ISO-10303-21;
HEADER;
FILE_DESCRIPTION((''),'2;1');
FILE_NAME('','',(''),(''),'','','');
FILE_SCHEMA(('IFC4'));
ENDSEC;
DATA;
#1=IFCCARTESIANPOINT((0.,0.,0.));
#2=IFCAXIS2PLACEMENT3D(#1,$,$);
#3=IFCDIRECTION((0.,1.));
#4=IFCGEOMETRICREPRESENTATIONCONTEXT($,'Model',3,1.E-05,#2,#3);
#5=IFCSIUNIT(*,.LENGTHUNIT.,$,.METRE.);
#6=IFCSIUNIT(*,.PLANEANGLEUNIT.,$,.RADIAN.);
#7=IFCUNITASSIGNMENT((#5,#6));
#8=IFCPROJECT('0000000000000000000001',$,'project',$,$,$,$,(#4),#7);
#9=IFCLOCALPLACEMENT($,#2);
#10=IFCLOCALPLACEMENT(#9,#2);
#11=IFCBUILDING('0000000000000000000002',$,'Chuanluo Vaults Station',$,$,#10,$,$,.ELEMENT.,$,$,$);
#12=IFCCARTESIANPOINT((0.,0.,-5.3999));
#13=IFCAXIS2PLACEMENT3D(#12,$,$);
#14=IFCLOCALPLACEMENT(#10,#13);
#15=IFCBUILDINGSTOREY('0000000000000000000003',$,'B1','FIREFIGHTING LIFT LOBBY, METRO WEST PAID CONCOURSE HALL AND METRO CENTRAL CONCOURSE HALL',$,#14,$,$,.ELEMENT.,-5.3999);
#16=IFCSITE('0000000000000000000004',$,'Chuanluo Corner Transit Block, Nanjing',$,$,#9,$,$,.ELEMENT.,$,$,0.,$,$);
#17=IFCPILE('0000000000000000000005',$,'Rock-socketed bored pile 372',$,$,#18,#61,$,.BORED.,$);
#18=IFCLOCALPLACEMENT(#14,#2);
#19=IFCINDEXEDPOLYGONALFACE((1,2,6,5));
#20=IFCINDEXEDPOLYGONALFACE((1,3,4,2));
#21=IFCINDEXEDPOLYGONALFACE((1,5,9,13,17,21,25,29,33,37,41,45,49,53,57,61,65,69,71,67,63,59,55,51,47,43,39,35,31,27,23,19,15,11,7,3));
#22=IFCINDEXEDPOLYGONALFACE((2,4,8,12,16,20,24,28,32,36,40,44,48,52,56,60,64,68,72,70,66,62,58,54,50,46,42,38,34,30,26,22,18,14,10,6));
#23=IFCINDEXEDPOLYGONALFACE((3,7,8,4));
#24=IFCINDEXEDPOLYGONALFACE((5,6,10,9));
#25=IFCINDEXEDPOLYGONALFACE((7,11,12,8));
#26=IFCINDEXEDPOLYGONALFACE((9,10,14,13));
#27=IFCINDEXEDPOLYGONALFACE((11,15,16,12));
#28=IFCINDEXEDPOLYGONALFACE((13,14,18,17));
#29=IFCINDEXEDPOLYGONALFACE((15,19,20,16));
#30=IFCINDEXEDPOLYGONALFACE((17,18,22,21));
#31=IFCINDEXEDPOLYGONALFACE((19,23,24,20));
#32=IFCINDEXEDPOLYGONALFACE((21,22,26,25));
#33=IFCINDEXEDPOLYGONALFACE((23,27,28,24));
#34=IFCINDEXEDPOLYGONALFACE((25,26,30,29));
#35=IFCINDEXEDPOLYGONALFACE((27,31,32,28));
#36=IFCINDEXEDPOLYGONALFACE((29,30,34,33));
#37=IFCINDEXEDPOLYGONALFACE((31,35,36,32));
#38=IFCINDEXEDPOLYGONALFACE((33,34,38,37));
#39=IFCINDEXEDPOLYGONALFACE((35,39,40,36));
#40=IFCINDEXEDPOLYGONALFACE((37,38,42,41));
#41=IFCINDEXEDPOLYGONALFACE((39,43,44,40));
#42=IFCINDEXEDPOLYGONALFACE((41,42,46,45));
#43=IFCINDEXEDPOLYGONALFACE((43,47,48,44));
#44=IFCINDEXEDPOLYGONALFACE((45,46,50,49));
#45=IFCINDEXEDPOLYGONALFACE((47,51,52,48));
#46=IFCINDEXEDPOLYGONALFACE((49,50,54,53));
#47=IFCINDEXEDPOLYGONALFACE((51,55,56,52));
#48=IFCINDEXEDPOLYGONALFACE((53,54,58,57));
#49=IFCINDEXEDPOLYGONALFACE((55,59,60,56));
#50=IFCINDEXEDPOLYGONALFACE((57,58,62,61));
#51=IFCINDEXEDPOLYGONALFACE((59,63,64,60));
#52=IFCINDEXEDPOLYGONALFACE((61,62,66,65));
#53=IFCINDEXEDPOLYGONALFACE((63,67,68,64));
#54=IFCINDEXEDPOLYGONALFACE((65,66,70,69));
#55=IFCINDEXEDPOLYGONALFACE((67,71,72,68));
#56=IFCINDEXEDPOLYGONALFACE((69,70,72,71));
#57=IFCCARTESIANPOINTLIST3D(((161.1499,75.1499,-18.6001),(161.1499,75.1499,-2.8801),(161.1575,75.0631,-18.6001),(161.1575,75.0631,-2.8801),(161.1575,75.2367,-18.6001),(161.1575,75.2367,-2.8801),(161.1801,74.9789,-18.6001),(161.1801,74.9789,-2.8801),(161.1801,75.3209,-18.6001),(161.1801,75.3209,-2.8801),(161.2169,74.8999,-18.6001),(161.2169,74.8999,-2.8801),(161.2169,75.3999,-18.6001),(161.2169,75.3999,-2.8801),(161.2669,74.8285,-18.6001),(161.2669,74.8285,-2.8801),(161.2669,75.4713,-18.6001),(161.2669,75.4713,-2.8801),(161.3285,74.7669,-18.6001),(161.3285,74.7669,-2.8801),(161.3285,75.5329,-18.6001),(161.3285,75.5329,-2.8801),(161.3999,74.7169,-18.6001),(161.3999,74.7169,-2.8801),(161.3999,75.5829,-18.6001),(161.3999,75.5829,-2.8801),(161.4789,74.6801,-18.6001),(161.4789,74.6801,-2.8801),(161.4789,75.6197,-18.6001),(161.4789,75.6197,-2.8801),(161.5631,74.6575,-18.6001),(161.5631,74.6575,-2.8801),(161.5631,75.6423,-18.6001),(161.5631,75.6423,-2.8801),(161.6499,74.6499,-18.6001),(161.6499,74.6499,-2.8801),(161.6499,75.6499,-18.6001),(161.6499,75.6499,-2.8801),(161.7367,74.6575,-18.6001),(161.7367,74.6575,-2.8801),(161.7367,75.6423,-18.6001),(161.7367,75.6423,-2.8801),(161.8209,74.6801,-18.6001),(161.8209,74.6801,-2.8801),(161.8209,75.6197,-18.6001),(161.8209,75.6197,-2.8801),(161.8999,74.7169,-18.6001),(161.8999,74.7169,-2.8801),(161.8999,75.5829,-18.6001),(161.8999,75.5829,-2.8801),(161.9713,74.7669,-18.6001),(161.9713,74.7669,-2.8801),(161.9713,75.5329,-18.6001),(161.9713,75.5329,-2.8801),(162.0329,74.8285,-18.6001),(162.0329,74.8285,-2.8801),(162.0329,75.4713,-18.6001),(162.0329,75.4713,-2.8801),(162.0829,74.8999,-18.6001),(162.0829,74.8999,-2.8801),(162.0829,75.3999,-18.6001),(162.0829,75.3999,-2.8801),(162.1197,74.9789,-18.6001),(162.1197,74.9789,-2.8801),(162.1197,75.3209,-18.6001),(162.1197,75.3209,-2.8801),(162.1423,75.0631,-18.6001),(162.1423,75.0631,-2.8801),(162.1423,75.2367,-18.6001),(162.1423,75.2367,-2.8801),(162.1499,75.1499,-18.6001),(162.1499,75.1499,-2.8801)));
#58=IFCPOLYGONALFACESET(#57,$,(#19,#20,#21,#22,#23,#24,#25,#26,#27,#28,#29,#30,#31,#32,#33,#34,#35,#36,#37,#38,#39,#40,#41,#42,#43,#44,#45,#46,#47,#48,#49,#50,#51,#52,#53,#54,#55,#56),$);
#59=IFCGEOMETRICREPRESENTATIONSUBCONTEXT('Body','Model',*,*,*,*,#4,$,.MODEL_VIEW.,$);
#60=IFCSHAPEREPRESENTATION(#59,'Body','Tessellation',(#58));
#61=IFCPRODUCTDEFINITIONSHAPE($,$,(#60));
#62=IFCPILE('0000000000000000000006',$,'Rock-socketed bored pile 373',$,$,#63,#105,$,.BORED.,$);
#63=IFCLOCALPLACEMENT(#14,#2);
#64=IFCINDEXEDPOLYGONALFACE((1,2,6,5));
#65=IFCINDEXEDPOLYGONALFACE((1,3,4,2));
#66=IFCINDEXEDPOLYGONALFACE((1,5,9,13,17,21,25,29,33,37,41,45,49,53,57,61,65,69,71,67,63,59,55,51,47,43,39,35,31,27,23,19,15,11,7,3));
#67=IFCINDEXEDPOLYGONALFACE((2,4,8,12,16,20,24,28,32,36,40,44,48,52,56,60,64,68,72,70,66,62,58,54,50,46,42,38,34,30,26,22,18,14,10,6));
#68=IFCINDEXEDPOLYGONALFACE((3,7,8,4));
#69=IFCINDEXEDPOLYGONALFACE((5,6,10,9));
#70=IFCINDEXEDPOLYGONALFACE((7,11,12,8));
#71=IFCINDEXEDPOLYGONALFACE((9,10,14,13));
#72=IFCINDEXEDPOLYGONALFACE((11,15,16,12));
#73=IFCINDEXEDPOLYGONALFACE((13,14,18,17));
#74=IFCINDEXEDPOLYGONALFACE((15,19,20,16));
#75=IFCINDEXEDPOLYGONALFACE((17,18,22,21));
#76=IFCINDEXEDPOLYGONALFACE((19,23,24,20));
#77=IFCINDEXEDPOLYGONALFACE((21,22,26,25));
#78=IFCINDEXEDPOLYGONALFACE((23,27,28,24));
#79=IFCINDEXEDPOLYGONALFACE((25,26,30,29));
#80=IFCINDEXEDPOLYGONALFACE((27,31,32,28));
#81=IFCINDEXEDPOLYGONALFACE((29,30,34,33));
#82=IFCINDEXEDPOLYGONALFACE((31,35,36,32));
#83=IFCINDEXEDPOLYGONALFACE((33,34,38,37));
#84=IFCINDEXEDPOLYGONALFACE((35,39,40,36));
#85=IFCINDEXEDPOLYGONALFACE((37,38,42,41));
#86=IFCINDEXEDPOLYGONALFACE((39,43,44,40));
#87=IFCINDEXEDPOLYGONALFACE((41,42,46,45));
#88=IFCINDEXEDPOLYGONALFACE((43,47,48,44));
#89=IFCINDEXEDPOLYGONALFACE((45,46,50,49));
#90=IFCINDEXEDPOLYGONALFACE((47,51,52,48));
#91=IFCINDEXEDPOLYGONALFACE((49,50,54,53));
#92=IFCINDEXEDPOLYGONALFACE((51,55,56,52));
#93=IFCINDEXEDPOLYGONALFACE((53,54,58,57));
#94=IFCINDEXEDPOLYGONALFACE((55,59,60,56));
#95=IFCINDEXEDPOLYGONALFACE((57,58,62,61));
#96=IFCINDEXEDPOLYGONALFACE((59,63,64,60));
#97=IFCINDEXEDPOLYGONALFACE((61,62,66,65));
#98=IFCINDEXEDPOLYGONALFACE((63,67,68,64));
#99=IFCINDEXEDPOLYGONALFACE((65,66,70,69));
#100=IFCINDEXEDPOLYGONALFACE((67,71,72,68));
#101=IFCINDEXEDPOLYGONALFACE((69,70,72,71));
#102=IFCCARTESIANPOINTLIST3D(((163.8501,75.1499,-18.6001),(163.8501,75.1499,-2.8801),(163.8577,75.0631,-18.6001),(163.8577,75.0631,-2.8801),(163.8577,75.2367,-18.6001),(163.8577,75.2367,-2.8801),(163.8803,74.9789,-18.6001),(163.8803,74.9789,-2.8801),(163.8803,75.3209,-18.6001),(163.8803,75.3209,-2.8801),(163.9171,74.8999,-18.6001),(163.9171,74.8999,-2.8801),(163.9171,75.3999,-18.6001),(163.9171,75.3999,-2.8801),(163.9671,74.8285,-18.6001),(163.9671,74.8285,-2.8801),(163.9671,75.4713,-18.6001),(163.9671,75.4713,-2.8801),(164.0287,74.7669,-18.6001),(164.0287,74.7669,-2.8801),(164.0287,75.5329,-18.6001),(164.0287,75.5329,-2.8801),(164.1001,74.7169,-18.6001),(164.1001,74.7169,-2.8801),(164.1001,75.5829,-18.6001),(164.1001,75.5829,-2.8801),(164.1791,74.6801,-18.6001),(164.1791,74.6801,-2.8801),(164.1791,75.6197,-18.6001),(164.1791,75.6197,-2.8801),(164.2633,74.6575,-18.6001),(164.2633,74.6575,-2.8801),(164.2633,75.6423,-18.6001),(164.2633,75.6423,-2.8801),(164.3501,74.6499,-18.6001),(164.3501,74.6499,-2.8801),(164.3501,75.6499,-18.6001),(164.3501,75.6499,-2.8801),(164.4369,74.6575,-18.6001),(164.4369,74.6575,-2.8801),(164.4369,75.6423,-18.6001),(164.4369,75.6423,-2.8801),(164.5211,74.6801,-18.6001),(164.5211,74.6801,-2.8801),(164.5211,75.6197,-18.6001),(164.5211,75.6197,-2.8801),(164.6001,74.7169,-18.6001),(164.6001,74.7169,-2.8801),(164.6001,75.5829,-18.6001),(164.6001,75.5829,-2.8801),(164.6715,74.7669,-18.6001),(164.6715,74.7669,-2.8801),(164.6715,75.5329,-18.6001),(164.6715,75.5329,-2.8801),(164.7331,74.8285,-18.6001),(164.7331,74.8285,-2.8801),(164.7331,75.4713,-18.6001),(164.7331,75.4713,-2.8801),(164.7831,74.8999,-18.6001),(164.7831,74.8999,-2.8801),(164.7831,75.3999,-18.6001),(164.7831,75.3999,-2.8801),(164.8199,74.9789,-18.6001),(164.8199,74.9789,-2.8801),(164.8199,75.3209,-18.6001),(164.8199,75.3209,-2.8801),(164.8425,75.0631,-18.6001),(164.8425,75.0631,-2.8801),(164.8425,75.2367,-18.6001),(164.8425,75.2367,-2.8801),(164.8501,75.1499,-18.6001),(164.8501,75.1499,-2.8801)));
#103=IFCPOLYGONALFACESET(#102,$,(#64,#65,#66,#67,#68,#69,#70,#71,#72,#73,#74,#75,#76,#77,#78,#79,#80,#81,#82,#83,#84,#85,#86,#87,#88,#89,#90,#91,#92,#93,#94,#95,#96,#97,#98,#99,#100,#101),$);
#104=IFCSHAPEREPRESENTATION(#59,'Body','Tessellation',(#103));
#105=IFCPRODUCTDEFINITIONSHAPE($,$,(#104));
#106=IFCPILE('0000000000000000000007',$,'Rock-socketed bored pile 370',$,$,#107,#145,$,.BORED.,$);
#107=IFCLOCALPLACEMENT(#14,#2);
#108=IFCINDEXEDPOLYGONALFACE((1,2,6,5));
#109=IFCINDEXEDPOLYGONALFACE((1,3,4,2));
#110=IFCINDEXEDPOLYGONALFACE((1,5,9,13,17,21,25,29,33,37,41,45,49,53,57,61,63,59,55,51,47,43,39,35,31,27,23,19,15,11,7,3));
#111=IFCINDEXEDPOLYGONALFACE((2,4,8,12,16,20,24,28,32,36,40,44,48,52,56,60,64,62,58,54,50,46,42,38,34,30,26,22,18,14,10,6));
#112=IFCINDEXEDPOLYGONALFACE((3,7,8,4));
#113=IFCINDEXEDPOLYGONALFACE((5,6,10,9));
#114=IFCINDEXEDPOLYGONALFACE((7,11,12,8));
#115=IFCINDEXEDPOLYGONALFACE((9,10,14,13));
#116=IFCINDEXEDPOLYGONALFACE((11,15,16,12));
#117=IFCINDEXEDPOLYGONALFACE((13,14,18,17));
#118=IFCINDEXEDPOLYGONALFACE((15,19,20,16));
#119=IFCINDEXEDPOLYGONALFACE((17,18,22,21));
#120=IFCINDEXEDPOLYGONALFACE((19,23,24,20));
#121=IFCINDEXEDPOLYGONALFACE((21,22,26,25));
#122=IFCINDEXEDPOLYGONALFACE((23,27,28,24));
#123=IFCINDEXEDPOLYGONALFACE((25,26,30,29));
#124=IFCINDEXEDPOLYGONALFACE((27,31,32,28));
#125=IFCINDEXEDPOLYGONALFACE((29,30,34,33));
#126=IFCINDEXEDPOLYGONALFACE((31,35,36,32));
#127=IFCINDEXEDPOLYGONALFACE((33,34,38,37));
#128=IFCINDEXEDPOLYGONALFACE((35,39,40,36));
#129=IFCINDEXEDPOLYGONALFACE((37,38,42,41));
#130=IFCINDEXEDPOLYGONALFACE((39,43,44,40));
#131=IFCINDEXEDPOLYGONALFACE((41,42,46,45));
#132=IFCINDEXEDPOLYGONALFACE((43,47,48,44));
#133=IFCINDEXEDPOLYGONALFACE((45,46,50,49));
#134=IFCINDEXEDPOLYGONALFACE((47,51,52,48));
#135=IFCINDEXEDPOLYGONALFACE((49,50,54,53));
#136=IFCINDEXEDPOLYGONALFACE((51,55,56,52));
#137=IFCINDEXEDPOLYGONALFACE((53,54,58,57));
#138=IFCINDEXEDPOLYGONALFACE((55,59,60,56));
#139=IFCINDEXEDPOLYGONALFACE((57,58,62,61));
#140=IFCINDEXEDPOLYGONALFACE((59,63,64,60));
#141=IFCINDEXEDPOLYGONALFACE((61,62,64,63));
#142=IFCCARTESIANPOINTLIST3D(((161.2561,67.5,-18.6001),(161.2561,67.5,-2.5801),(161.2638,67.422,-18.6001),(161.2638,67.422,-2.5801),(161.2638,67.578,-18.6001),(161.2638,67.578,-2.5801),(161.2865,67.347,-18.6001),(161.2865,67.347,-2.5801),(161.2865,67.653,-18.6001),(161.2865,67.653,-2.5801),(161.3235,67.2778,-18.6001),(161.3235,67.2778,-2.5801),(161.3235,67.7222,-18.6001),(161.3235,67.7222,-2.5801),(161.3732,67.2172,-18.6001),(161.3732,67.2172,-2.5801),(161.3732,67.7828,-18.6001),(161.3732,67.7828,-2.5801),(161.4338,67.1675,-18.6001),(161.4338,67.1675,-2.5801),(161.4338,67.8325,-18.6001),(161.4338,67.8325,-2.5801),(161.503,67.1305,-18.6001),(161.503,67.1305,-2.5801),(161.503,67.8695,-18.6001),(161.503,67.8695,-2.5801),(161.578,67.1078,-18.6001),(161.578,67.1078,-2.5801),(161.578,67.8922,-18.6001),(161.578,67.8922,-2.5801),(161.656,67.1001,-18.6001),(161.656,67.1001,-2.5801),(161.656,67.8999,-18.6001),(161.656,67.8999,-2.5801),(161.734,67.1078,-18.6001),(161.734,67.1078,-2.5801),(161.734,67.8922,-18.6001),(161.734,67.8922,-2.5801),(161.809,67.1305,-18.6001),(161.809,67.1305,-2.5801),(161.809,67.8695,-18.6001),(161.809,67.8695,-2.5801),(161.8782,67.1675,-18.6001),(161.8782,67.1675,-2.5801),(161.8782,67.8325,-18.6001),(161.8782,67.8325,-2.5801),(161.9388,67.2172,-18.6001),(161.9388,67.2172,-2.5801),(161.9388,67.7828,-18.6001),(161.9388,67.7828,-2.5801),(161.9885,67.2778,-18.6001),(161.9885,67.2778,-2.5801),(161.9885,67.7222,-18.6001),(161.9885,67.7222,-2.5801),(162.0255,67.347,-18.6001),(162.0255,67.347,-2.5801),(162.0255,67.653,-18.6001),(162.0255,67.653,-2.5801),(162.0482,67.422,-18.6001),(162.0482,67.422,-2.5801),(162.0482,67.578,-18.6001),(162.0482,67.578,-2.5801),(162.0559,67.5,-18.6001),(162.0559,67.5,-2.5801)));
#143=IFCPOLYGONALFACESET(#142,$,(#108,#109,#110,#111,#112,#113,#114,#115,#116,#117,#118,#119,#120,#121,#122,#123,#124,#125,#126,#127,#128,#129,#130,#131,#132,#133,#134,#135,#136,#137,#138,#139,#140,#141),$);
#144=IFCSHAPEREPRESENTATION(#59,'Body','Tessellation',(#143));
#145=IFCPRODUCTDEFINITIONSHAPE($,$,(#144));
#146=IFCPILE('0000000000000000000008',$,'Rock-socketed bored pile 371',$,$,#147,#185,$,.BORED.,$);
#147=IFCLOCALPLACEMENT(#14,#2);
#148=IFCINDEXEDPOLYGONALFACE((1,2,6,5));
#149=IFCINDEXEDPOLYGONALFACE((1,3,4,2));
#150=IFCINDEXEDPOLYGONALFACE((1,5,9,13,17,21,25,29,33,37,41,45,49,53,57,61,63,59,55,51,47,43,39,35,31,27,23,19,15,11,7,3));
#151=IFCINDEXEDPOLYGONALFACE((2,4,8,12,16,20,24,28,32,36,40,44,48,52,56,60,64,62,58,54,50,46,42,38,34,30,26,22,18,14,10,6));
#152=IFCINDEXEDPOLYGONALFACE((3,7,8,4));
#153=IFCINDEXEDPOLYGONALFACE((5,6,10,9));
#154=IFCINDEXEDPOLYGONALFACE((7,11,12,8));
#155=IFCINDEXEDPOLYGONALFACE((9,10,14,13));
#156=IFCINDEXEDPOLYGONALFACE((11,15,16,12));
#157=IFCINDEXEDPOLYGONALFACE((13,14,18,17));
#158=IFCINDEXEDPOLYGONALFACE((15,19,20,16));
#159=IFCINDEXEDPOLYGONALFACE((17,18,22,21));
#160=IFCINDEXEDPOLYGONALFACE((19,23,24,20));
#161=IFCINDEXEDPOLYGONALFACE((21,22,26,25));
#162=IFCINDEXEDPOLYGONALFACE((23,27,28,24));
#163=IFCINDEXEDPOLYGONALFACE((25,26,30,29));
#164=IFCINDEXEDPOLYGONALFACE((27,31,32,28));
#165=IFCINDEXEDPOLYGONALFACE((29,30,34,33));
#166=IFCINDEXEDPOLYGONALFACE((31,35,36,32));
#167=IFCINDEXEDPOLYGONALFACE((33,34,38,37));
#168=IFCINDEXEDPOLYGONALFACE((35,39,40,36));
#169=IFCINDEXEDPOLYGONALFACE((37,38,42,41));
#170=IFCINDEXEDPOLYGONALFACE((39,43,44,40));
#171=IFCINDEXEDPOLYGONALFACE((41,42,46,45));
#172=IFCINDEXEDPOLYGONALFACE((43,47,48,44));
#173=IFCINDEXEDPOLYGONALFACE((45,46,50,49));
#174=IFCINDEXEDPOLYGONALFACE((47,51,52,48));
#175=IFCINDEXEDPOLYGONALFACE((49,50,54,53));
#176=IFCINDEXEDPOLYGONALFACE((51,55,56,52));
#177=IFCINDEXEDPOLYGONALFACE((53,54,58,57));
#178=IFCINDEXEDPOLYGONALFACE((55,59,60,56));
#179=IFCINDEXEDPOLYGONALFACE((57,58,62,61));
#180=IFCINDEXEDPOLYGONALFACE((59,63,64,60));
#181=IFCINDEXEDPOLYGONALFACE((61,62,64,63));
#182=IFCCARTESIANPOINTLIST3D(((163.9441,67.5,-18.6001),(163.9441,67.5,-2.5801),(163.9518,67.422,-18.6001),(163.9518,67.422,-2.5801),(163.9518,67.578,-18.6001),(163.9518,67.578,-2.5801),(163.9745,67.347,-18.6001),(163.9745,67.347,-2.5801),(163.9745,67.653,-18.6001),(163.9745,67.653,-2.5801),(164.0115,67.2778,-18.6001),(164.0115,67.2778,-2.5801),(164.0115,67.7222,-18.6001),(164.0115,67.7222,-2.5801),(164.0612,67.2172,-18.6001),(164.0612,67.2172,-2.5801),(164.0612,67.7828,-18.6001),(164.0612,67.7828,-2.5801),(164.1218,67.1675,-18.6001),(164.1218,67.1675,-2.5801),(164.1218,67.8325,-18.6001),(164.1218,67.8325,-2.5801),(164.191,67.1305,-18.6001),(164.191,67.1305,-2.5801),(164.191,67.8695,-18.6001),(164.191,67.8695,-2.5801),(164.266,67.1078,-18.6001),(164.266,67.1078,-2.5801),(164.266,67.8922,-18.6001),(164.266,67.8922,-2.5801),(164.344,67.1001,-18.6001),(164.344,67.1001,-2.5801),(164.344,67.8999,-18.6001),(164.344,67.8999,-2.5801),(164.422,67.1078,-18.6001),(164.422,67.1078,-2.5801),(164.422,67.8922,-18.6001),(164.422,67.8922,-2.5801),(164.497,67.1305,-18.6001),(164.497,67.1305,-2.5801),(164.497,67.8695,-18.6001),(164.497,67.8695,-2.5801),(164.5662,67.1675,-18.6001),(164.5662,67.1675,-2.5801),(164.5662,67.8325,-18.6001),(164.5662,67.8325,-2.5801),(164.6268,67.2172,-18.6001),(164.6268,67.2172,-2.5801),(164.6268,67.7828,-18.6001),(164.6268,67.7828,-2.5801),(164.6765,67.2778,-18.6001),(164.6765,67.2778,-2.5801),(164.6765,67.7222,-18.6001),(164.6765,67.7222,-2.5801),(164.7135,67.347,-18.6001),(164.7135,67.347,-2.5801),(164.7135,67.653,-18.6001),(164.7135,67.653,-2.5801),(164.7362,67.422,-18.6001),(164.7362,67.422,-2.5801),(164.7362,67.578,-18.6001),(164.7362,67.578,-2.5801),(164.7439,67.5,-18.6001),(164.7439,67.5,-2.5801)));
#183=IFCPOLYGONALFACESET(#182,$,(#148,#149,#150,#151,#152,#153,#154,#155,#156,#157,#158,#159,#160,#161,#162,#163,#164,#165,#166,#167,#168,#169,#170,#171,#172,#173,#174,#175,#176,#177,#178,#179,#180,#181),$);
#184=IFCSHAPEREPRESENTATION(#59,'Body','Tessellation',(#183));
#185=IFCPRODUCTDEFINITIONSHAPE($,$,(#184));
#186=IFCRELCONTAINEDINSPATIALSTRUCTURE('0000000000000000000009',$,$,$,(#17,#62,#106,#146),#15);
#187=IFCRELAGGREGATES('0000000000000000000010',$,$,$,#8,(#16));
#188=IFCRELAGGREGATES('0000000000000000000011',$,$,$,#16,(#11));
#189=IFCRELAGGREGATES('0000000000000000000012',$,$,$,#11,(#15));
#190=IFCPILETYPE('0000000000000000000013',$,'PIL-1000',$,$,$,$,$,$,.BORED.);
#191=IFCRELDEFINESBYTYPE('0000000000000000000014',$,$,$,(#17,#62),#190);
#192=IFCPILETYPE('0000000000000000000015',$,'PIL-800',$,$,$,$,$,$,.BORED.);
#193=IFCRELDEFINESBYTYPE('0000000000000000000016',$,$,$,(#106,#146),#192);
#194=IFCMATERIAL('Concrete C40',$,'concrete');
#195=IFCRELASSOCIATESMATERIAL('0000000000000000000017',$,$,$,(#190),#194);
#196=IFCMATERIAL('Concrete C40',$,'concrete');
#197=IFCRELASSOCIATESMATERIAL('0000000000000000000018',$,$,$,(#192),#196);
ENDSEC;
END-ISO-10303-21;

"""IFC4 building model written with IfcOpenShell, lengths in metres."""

from ifc_helpers import new_model, si_unit, direction, frame, origin, origin_2d, place, context, subcontext, project, spatial, circle, extrude, material, material_profile, profile_set, type_object, element, save


model = new_model("IFC4")

# Units and contexts
model_context = context("Model", 3, precision=1e-05, world=origin(), true_north=direction((0.0, 1.0)))
body_context = subcontext(model_context, "Body", "Model", "MODEL_VIEW")
ifc_project = project(units=[si_unit("LENGTHUNIT", "METRE"), si_unit("PLANEANGLEUNIT", "RADIAN")], contexts=[model_context])

# Site, building, storey
site_placement = place(None, origin())
site = spatial("IfcSite", under=ifc_project, at=site_placement, Name="Chuanluo Corner Transit Block, Nanjing", CompositionType="ELEMENT", RefElevation=0.0)
building_placement = place(site_placement, origin())
building = spatial("IfcBuilding", under=site, at=building_placement, Name="Chuanluo Vaults Station", CompositionType="ELEMENT")
storey_placement = place(building_placement, frame((0.0, 0.0, -5.3999)))
storey = spatial("IfcBuildingStorey", under=building, at=storey_placement, Name="B1", Description="FIREFIGHTING LIFT LOBBY, METRO WEST PAID CONCOURSE HALL AND METRO CENTRAL CONCOURSE HALL", CompositionType="ELEMENT", Elevation=-5.3999)

# Piles
ifc_material_1 = material(Name="Concrete C40", Category="concrete")
ifc_material_profile_1 = material_profile(ifc_material_1, circle(Radius=0.5, at=origin_2d()))
ifc_profile_set_1 = profile_set([ifc_material_profile_1], Name="Concrete C40")
pile_type_1 = type_object("IfcPileType", Name="PIL-1000", PredefinedType="BORED", material=ifc_profile_set_1)
for number, where, z_axis, x_axis, name in (
    (1, (161.6499, 75.1499, -2.8801), (0.0, 0.0, -1.0), (1.0, 0.0, 0.0), "Rock-socketed bored pile 372"),
    (2, (164.3501, 75.1499, -2.8801), (0.0, 0.0, -1.0), (1.0, 0.0, 0.0), "Rock-socketed bored pile 373"),
):
    element("IfcPile", number, at=place(storey_placement, frame(where, z_axis=z_axis, x_axis=x_axis)), inside=storey, type_object=pile_type_1, Name=name, PredefinedType="BORED", context=body_context, shape_type="SweptSolid", body=[
        extrude(circle(Radius=0.5, at=origin_2d()), origin(), (0.0, 0.0, 1.0), 15.72),
    ])
ifc_material_2 = material(Name="Concrete C40", Category="concrete")
ifc_material_profile_2 = material_profile(ifc_material_2, circle(Radius=0.3999, at=origin_2d()))
ifc_profile_set_2 = profile_set([ifc_material_profile_2], Name="Concrete C40")
pile_type_2 = type_object("IfcPileType", Name="PIL-800", PredefinedType="BORED", material=ifc_profile_set_2)
for number, where, z_axis, x_axis, name in (
    (3, (161.656, 67.5, -2.5801), (0.0, 0.0, -1.0), (1.0, 0.0, 0.0), "Rock-socketed bored pile 370"),
    (4, (164.344, 67.5, -2.5801), (0.0, 0.0, -1.0), (1.0, 0.0, 0.0), "Rock-socketed bored pile 371"),
):
    element("IfcPile", number, at=place(storey_placement, frame(where, z_axis=z_axis, x_axis=x_axis)), inside=storey, type_object=pile_type_2, Name=name, PredefinedType="BORED", context=body_context, shape_type="SweptSolid", body=[
        extrude(circle(Radius=0.3999, at=origin_2d()), origin(), (0.0, 0.0, 1.0), 16.02),
    ])

save(model, "model.ifc")
